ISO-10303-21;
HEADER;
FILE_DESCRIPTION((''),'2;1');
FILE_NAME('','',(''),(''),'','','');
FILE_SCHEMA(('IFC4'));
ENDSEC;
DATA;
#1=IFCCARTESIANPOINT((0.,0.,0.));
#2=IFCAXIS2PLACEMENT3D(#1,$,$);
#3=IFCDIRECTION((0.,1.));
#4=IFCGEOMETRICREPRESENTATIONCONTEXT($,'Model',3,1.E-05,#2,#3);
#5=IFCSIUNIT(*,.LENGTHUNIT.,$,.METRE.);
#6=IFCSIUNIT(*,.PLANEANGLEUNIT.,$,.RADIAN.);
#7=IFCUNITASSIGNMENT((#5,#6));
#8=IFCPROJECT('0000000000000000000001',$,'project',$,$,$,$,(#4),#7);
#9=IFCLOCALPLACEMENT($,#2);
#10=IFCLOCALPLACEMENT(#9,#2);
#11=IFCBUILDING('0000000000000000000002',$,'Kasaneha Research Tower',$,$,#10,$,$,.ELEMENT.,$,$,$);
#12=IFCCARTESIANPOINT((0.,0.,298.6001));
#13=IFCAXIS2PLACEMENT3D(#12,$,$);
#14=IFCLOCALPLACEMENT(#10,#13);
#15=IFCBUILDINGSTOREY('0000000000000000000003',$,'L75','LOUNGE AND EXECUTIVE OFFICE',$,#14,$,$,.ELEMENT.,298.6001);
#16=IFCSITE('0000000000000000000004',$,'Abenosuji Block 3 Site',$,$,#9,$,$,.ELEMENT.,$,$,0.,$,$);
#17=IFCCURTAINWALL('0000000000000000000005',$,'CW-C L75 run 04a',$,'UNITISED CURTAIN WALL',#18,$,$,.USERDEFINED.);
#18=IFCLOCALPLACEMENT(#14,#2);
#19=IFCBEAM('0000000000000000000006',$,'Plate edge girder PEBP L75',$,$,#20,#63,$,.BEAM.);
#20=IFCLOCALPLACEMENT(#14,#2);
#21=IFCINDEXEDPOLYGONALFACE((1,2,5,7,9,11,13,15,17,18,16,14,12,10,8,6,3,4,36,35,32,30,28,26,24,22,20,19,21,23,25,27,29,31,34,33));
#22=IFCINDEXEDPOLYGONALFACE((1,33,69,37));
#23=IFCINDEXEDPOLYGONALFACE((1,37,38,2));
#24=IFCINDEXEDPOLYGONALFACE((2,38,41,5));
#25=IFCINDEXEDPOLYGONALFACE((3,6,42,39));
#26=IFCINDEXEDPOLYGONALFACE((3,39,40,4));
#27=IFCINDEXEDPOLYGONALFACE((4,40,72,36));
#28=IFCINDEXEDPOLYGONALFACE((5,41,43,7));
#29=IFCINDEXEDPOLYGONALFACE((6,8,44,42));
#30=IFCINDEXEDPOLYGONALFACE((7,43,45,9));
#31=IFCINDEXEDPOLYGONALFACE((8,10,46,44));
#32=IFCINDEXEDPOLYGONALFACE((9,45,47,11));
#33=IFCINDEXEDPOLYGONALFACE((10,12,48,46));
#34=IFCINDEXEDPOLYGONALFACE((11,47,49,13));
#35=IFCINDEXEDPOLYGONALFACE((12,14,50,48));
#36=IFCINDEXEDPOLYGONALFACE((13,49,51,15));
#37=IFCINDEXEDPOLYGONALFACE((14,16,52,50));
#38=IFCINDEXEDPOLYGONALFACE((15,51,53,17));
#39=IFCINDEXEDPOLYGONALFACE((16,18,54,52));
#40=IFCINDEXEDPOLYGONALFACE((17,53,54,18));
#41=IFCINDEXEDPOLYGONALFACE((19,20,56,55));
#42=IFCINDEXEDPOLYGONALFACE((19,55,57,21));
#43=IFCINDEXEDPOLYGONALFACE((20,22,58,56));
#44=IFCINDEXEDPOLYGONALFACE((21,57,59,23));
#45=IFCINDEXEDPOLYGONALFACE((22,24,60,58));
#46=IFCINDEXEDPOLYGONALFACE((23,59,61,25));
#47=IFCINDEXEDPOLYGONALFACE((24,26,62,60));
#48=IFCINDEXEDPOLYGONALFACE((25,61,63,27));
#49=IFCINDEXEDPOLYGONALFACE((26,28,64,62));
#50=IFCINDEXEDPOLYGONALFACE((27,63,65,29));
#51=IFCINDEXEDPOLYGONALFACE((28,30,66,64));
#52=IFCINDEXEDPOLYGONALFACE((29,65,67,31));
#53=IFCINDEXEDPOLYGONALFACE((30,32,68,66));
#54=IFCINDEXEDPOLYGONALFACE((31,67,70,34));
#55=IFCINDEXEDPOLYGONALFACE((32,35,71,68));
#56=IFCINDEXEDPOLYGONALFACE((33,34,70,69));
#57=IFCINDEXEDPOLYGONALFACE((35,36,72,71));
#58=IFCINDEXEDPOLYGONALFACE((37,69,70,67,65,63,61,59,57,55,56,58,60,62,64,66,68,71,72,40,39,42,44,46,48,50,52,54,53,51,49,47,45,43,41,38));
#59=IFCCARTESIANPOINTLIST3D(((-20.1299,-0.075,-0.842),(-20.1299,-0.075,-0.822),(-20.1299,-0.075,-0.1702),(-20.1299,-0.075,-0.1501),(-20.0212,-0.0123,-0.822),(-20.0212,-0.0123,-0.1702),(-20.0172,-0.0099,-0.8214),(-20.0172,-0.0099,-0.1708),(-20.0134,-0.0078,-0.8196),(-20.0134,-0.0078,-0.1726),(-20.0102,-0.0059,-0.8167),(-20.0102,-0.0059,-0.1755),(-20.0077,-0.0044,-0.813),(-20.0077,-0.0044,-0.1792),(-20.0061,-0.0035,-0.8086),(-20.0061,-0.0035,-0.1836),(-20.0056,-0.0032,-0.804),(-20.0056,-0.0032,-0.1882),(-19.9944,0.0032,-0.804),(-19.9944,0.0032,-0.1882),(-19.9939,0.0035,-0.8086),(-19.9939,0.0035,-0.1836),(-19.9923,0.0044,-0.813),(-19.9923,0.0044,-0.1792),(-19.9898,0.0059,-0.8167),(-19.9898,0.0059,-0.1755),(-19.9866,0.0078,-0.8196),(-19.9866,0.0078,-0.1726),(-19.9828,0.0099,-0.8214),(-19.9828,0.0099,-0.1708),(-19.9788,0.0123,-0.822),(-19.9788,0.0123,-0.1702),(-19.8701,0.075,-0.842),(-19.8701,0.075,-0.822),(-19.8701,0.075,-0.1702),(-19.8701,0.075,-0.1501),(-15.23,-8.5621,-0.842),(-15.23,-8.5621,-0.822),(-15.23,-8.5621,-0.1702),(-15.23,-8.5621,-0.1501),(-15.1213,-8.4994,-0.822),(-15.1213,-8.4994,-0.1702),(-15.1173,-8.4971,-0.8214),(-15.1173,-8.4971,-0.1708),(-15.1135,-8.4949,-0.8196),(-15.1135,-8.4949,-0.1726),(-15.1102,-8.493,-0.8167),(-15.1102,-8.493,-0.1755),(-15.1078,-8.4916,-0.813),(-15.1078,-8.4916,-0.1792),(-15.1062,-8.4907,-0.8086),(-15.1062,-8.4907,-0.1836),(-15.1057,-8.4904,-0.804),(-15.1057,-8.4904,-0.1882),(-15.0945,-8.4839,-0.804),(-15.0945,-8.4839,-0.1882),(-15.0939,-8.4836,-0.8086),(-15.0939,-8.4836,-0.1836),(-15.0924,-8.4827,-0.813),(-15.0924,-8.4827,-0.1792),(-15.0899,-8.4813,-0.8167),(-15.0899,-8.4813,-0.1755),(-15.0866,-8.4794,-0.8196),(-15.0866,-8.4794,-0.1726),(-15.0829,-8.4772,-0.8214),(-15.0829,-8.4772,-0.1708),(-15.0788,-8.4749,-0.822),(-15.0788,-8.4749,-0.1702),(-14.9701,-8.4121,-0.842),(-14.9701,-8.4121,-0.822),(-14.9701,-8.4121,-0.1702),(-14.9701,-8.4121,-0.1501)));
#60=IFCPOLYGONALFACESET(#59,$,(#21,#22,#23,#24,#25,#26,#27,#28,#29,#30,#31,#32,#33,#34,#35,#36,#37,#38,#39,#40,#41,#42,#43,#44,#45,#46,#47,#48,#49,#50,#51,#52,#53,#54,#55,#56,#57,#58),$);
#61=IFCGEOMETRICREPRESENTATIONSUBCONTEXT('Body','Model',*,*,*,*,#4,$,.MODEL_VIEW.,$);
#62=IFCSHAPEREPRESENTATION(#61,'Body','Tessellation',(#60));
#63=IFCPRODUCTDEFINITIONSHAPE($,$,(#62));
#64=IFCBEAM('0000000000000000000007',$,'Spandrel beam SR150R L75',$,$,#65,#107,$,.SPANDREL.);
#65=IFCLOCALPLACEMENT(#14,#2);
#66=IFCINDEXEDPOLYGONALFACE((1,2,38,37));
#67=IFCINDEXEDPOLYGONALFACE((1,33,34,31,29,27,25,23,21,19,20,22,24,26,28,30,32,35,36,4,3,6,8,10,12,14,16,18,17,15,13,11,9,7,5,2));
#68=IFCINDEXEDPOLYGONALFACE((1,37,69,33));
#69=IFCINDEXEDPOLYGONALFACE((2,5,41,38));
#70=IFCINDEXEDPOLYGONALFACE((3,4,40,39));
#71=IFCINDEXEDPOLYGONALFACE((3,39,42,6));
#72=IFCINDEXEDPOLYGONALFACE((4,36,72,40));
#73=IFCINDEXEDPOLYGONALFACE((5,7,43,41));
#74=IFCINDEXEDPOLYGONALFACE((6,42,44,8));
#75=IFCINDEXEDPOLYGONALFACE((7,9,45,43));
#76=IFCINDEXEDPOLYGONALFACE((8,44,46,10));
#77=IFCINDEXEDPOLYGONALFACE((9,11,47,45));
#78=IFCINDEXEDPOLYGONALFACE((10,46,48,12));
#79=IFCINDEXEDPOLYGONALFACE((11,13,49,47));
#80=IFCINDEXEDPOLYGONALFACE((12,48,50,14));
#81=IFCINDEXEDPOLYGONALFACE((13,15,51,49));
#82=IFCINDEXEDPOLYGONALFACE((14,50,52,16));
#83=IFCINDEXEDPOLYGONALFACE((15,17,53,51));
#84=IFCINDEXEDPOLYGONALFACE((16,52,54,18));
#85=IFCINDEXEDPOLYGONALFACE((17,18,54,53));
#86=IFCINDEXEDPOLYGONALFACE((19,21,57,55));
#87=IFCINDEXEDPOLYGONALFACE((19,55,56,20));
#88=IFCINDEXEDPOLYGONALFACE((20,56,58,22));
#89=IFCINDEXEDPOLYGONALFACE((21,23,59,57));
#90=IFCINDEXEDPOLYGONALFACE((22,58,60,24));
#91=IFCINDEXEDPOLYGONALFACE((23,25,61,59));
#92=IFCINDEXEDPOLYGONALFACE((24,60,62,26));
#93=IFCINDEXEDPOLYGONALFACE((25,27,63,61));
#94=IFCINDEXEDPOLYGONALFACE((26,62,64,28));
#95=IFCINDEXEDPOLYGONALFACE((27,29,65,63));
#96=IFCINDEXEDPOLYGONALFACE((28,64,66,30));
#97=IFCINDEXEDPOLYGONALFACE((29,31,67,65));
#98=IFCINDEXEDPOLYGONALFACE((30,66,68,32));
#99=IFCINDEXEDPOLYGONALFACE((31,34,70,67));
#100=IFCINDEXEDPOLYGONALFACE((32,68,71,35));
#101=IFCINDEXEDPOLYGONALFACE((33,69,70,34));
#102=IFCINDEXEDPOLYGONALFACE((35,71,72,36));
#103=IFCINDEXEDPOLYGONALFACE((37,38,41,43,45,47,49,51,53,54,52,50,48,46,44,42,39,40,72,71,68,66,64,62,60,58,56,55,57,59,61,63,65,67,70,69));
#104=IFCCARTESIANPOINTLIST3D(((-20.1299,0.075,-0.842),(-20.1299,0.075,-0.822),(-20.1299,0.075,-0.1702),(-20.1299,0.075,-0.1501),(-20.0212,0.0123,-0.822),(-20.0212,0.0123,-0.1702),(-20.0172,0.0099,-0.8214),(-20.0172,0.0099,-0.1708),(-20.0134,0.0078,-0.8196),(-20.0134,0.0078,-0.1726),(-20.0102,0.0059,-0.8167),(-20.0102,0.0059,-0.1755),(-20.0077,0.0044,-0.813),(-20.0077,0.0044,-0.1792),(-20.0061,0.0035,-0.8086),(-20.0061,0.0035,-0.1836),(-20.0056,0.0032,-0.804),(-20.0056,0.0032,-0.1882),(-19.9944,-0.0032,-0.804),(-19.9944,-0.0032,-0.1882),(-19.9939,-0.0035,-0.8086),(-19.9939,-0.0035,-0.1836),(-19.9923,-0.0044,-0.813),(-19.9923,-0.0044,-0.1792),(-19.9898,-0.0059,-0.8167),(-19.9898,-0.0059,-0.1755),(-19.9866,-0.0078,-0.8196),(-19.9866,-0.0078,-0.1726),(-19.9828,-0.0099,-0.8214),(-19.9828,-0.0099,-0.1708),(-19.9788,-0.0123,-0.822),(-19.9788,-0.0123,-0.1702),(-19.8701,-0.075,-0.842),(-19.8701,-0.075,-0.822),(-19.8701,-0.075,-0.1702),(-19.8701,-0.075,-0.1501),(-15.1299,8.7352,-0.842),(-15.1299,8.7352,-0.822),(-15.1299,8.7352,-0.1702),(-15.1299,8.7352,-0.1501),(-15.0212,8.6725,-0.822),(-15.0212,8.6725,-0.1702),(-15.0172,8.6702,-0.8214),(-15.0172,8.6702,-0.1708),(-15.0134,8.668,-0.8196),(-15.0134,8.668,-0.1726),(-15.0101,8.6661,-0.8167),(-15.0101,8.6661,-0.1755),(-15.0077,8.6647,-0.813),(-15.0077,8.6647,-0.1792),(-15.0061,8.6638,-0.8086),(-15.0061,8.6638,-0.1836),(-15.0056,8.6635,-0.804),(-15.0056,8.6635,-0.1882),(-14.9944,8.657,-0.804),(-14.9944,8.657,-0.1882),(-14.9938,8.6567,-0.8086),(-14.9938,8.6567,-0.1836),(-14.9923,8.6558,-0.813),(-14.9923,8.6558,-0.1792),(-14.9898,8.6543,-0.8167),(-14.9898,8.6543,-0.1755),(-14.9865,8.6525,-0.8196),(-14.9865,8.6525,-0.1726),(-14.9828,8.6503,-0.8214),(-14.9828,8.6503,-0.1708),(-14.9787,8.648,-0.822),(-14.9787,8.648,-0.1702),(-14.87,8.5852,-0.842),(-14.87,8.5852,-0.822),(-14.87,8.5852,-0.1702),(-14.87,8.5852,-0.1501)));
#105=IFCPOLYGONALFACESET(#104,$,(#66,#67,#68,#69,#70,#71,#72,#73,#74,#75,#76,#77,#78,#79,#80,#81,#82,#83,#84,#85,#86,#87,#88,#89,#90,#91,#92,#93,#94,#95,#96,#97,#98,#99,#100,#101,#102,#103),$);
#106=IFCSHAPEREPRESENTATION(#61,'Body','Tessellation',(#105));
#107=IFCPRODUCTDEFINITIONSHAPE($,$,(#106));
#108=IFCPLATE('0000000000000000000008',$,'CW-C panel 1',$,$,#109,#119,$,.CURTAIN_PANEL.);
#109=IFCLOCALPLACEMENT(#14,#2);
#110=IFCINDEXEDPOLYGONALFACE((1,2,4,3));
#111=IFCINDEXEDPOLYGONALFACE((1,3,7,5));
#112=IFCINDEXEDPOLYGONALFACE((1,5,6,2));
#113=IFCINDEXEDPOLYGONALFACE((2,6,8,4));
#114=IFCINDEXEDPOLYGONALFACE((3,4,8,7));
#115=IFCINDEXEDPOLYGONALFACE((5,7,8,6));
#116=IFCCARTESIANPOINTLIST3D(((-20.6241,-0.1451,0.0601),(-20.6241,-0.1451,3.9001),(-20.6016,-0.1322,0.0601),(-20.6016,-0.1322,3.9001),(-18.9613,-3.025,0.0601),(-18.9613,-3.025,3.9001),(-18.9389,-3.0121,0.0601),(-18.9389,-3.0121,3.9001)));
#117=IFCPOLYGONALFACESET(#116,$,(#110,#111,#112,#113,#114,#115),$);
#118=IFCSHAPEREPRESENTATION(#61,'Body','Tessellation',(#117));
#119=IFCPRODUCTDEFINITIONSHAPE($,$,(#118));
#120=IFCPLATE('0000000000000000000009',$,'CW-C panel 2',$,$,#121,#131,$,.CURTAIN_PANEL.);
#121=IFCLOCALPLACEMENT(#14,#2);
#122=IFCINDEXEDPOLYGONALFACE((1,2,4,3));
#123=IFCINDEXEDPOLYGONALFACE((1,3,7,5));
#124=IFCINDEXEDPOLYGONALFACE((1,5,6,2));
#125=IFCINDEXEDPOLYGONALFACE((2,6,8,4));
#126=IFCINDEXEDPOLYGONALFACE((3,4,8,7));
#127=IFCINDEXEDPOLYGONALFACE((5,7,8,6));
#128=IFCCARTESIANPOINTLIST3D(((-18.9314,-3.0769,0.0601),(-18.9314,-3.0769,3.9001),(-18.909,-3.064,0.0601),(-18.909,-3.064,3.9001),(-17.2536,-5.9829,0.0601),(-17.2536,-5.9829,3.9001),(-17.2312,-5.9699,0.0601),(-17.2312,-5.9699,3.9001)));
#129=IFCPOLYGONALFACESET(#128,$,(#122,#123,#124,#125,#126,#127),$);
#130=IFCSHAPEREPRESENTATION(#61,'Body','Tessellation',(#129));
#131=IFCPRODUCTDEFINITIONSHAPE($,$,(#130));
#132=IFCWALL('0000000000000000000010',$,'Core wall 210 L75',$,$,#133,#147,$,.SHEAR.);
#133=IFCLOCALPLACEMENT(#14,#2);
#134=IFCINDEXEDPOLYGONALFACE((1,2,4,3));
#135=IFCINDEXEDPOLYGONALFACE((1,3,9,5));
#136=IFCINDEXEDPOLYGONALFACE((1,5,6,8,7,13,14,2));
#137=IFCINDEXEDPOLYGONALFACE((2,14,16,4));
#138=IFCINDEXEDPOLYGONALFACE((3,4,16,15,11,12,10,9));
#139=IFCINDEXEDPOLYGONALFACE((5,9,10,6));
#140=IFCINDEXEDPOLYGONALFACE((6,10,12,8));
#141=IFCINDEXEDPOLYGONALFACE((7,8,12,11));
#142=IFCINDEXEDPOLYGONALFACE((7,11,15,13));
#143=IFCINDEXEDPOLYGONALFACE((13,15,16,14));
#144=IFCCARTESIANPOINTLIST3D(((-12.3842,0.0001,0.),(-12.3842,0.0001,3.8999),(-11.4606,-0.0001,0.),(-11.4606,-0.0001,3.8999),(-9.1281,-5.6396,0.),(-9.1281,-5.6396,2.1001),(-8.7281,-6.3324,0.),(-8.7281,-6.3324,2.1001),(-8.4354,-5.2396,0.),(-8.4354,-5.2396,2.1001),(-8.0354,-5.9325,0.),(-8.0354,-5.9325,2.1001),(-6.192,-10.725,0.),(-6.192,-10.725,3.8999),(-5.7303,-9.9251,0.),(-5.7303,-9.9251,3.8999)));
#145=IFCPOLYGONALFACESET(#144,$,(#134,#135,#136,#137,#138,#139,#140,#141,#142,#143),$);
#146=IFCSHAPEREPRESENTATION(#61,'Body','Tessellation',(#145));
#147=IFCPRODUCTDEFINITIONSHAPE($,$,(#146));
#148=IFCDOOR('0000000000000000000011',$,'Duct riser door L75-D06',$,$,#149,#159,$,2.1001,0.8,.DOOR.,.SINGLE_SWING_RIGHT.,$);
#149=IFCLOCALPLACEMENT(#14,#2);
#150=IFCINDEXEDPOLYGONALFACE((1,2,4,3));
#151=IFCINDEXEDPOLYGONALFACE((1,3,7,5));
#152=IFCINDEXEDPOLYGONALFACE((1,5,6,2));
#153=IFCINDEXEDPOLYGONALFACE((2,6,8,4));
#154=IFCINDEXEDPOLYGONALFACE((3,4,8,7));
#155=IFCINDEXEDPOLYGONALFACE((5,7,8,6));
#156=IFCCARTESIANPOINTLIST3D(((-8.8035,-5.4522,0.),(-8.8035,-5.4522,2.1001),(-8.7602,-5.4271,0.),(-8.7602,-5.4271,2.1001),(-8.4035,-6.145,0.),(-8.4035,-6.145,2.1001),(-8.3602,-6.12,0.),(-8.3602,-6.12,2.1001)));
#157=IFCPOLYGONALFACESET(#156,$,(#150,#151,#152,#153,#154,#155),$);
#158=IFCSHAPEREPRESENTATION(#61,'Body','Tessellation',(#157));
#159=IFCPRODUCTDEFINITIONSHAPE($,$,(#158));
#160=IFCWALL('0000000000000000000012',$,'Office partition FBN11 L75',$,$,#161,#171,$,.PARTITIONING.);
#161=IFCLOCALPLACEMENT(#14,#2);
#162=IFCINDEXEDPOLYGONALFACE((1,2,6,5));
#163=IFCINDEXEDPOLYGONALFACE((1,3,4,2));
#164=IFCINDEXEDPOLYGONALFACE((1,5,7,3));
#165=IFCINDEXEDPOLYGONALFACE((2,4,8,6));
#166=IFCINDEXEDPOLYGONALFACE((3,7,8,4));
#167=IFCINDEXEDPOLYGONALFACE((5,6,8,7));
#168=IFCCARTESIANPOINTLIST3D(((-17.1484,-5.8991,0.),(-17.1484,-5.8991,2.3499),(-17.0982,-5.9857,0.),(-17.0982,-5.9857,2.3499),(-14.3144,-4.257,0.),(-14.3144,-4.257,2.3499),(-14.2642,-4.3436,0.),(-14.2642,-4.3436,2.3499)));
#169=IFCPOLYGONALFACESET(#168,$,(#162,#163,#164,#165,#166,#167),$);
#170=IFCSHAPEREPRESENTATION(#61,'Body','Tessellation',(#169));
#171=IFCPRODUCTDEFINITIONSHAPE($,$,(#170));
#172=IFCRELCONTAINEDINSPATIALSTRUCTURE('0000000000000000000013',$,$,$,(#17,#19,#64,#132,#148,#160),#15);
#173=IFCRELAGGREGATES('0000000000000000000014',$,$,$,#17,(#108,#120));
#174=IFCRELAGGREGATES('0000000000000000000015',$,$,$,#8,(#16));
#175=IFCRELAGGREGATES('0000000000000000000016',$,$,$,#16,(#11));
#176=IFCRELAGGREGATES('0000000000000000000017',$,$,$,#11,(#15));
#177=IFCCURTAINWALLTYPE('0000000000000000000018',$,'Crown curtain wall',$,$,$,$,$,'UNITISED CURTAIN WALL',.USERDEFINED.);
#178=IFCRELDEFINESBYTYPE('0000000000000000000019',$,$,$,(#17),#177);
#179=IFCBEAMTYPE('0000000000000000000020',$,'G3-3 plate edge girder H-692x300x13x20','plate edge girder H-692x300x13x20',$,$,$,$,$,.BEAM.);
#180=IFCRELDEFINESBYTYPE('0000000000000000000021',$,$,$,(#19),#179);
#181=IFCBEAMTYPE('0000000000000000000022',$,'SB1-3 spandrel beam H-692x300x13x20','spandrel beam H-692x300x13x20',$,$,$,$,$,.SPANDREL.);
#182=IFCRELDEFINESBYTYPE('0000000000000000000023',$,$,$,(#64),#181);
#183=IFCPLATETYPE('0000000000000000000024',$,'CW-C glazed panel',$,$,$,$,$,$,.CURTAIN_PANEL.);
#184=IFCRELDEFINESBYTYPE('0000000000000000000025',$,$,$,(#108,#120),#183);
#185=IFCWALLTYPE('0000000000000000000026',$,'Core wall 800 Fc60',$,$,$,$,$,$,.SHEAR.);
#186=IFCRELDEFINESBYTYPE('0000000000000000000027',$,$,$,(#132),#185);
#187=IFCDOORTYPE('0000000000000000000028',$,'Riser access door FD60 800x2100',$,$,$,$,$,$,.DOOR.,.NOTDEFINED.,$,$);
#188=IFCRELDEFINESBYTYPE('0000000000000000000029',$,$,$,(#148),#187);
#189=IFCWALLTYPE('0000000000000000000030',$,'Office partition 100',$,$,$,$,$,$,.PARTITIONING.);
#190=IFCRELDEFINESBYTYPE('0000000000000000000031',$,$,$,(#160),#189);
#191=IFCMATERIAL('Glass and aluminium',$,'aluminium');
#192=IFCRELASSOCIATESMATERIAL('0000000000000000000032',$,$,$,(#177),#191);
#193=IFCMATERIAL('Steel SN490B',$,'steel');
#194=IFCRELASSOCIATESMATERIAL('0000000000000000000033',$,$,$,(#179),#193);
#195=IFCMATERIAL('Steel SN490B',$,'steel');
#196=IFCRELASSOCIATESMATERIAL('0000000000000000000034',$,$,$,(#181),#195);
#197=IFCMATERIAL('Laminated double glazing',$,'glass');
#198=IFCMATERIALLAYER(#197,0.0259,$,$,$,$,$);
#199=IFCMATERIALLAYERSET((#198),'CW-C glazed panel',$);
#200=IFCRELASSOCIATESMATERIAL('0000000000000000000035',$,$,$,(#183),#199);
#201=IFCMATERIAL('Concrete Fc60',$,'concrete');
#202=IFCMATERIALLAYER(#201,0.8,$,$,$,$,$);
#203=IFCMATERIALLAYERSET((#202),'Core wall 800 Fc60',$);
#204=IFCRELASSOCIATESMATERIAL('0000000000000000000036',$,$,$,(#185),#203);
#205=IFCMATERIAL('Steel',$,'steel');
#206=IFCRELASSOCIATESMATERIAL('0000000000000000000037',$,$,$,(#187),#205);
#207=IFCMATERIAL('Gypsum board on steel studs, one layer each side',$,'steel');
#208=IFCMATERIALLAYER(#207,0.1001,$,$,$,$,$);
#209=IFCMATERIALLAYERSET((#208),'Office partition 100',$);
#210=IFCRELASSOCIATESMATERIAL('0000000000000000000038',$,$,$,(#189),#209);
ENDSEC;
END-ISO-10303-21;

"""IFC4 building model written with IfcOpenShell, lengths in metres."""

from ifc_helpers import new_model, si_unit, direction, frame, frame_2d, origin, origin_2d, place, context, subcontext, project, spatial, polyline, rectangle, i_section, outline, extrude, material, layer, layer_set, material_profile, profile_set, type_object, element, fill, aggregate, save


model = new_model("IFC4")

# Units and contexts
model_context = context("Model", 3, precision=1e-05, world=origin(), true_north=direction((0.0, 1.0)))
body_context = subcontext(model_context, "Body", "Model", "MODEL_VIEW")
ifc_project = project(units=[si_unit("LENGTHUNIT", "METRE"), si_unit("PLANEANGLEUNIT", "RADIAN")], contexts=[model_context])

# Site, building, storey
site_placement = place(None, origin())
site = spatial("IfcSite", under=ifc_project, at=site_placement, Name="Abenosuji Block 3 Site", CompositionType="ELEMENT", RefElevation=0.0)
building_placement = place(site_placement, origin())
building = spatial("IfcBuilding", under=site, at=building_placement, Name="Kasaneha Research Tower", CompositionType="ELEMENT")
storey_placement = place(building_placement, frame((0.0, 0.0, 298.6001)))
storey = spatial("IfcBuildingStorey", under=building, at=storey_placement, Name="L75", Description="LOUNGE AND EXECUTIVE OFFICE", CompositionType="ELEMENT", Elevation=298.6001)

# Curtain wall
ifc_material_1 = material(Name="Glass and aluminium", Category="aluminium")
curtain_wall_type = type_object("IfcCurtainWallType", Name="Crown curtain wall", ElementType="UNITISED CURTAIN WALL", PredefinedType="USERDEFINED", material=ifc_material_1)
curtain_wall_placement = place(storey_placement, origin())
curtain_wall = element("IfcCurtainWall", 1, at=curtain_wall_placement, inside=storey, type_object=curtain_wall_type, Name="CW-C L75 run 04a", ObjectType="UNITISED CURTAIN WALL", PredefinedType="USERDEFINED")

# Beams
ifc_material_2 = material(Name="Steel SN490B", Category="steel")
ifc_material_profile_1 = material_profile(ifc_material_2, i_section(OverallWidth=0.3, OverallDepth=0.6919, WebThickness=0.0129, FlangeThickness=0.02, FilletRadius=0.0181, at=origin_2d()), Name="H-692x300x13x20")
ifc_profile_set_1 = profile_set([ifc_material_profile_1], Name="Steel SN490B")
beam_type_1 = type_object("IfcBeamType", Name="G3-3 plate edge girder H-692x300x13x20", Description="plate edge girder H-692x300x13x20", PredefinedType="BEAM", material=ifc_profile_set_1)
beam_1_placement = place(storey_placement, frame((-20.0, 0.0, -0.4961), z_axis=(0.499992, -0.86603, 0.0), x_axis=(0.86603, 0.499992, 0.0)))
element("IfcBeam", 2, at=beam_1_placement, inside=storey, type_object=beam_type_1, Name="Plate edge girder PEBP L75", PredefinedType="BEAM", context=body_context, shape_type="SweptSolid", body=[
    extrude(i_section(OverallWidth=0.3, OverallDepth=0.6919, WebThickness=0.0129, FlangeThickness=0.02, FilletRadius=0.0181, at=origin_2d()), origin(), (0.0, 0.0, 1.0), 9.8),
])
ifc_material_3 = material(Name="Steel SN490B", Category="steel")
ifc_material_profile_2 = material_profile(ifc_material_3, i_section(OverallWidth=0.3, OverallDepth=0.6919, WebThickness=0.0129, FlangeThickness=0.02, FilletRadius=0.0181, at=origin_2d()), Name="H-692x300x13x20")
ifc_profile_set_2 = profile_set([ifc_material_profile_2], Name="Steel SN490B")
beam_type_2 = type_object("IfcBeamType", Name="SB1-3 spandrel beam H-692x300x13x20", Description="spandrel beam H-692x300x13x20", PredefinedType="SPANDREL", material=ifc_profile_set_2)
beam_2_placement = place(storey_placement, frame((-20.0, 0.0, -0.4961), z_axis=(0.500004, 0.866023, 0.0), x_axis=(-0.866023, 0.500004, 0.0)))
element("IfcBeam", 3, at=beam_2_placement, inside=storey, type_object=beam_type_2, Name="Spandrel beam SR150R L75", PredefinedType="SPANDREL", context=body_context, shape_type="SweptSolid", body=[
    extrude(i_section(OverallWidth=0.3, OverallDepth=0.6919, WebThickness=0.0129, FlangeThickness=0.02, FilletRadius=0.0181, at=origin_2d()), origin(), (0.0, 0.0, 1.0), 10.0),
])

# Plates
ifc_material_4 = material(Name="Laminated double glazing", Category="glass")
ifc_layer_1 = layer(ifc_material_4, 0.0259)
ifc_layer_set_1 = layer_set([ifc_layer_1], Name="CW-C glazed panel")
plate_type = type_object("IfcPlateType", Name="CW-C glazed panel", PredefinedType="CURTAIN_PANEL", material=ifc_layer_set_1)
plate_1_placement = place(storey_placement, frame((-19.7815, -1.5786, 0.0601), z_axis=(0.0, 0.0, 1.0), x_axis=(0.5, -0.866025, 0.0)))
plate_1 = element("IfcPlate", 4, at=plate_1_placement, type_object=plate_type, Name="CW-C panel 1", PredefinedType="CURTAIN_PANEL", context=body_context, shape_type="SweptSolid", body=[
    extrude(rectangle(XDim=3.3254, YDim=0.0259, at=origin_2d()), origin(), (0.0, 0.0, 1.0), 3.8401),
])
plate_2_placement = place(storey_placement, frame((-18.0813, -4.5234, 0.0601), z_axis=(0.0, 0.0, 1.0), x_axis=(0.5, -0.866025, 0.0)))
plate_2 = element("IfcPlate", 5, at=plate_2_placement, type_object=plate_type, Name="CW-C panel 2", PredefinedType="CURTAIN_PANEL", context=body_context, shape_type="SweptSolid", body=[
    extrude(rectangle(XDim=3.3555, YDim=0.0259, at=origin_2d()), origin(), (0.0, 0.0, 1.0), 3.8401),
])
aggregate(curtain_wall, [plate_1, plate_2])

# Wall, opening, door
ifc_material_5 = material(Name="Concrete Fc60", Category="concrete")
ifc_layer_2 = layer(ifc_material_5, 0.8)
ifc_layer_set_2 = layer_set([ifc_layer_2], Name="Core wall 800 Fc60")
wall_type_1 = type_object("IfcWallType", Name="Core wall 800 Fc60", PredefinedType="SHEAR", material=ifc_layer_set_2)
wall_1_placement = place(storey_placement, frame((-11.9224, 0.0, 0.0), z_axis=(0.0, 0.0, 1.0), x_axis=(0.500004, -0.866023, 0.0)))
wall_1 = element("IfcWall", 6, at=wall_1_placement, inside=storey, type_object=wall_type_1, Name="Core wall 210 L75", PredefinedType="SHEAR", context=body_context, shape_type="SweptSolid", body=[
    extrude(outline(polyline([(-0.231, -0.3999), (6.2812, -0.3999), (7.0813, -0.3999), (12.1533, -0.3999), (11.6914, 0.3999), (7.0813, 0.3999), (6.2812, 0.3999), (0.231, 0.3999), (-0.231, -0.3999)])), origin(), (0.0, 0.0, 1.0), 3.8999),
])
opening_1_placement = place(wall_1_placement, frame((6.2812, 0.0, 0.0)))
opening_1 = element("IfcOpeningElement", 7, at=opening_1_placement, cuts=wall_1, PredefinedType="OPENING", context=body_context, shape_type="SweptSolid", body=[
    extrude(rectangle(XDim=0.8, YDim=2.1001, at=frame_2d((0.3999, 1.05))), frame((0.0, 0.4102, 0.0), z_axis=(0.0, -1.0, 0.0), x_axis=(1.0, 0.0, 0.0)), (0.0, 0.0, 1.0), 0.8201),
])
ifc_material_6 = material(Name="Steel", Category="steel")
door_type_1 = type_object("IfcDoorType", Name="Riser access door FD60 800x2100", OperationType="NOTDEFINED", PredefinedType="DOOR", material=ifc_material_6)
door_1_placement = place(opening_1_placement, origin())
door_1 = element("IfcDoor", 8, at=door_1_placement, inside=storey, type_object=door_type_1, Name="Duct riser door L75-D06", OperationType="SINGLE_SWING_RIGHT", OverallHeight=2.1001, OverallWidth=0.8, PredefinedType="DOOR", context=body_context, shape_type="SweptSolid", body=[
    extrude(rectangle(XDim=0.8, YDim=2.1001, at=frame_2d((0.3999, 1.05))), frame((0.0, 0.0249, 0.0), z_axis=(0.0, -1.0, 0.0), x_axis=(1.0, 0.0, 0.0)), (0.0, 0.0, 1.0), 0.05),
])
fill(opening_1, door_1)

# Wall
ifc_material_7 = material(Name="Gypsum board on steel studs, one layer each side", Category="steel")
ifc_layer_3 = layer(ifc_material_7, 0.1001)
ifc_layer_set_3 = layer_set([ifc_layer_3], Name="Office partition 100")
wall_type_2 = type_object("IfcWallType", Name="Office partition 100", PredefinedType="PARTITIONING", material=ifc_layer_set_3)
wall_2_placement = place(storey_placement, frame((-14.2893, -4.3003, 0.0), z_axis=(0.0, 0.0, 1.0), x_axis=(-0.865246, -0.501348, 0.0)))
element("IfcWall", 9, at=wall_2_placement, inside=storey, type_object=wall_type_2, Name="Office partition FBN11 L75", PredefinedType="PARTITIONING", context=body_context, shape_type="SweptSolid", body=[
    extrude(rectangle(XDim=3.2754, YDim=0.1001, at=frame_2d((1.6377, 0.0))), origin(), (0.0, 0.0, 1.0), 2.3499),
])

save(model, "model.ifc")
